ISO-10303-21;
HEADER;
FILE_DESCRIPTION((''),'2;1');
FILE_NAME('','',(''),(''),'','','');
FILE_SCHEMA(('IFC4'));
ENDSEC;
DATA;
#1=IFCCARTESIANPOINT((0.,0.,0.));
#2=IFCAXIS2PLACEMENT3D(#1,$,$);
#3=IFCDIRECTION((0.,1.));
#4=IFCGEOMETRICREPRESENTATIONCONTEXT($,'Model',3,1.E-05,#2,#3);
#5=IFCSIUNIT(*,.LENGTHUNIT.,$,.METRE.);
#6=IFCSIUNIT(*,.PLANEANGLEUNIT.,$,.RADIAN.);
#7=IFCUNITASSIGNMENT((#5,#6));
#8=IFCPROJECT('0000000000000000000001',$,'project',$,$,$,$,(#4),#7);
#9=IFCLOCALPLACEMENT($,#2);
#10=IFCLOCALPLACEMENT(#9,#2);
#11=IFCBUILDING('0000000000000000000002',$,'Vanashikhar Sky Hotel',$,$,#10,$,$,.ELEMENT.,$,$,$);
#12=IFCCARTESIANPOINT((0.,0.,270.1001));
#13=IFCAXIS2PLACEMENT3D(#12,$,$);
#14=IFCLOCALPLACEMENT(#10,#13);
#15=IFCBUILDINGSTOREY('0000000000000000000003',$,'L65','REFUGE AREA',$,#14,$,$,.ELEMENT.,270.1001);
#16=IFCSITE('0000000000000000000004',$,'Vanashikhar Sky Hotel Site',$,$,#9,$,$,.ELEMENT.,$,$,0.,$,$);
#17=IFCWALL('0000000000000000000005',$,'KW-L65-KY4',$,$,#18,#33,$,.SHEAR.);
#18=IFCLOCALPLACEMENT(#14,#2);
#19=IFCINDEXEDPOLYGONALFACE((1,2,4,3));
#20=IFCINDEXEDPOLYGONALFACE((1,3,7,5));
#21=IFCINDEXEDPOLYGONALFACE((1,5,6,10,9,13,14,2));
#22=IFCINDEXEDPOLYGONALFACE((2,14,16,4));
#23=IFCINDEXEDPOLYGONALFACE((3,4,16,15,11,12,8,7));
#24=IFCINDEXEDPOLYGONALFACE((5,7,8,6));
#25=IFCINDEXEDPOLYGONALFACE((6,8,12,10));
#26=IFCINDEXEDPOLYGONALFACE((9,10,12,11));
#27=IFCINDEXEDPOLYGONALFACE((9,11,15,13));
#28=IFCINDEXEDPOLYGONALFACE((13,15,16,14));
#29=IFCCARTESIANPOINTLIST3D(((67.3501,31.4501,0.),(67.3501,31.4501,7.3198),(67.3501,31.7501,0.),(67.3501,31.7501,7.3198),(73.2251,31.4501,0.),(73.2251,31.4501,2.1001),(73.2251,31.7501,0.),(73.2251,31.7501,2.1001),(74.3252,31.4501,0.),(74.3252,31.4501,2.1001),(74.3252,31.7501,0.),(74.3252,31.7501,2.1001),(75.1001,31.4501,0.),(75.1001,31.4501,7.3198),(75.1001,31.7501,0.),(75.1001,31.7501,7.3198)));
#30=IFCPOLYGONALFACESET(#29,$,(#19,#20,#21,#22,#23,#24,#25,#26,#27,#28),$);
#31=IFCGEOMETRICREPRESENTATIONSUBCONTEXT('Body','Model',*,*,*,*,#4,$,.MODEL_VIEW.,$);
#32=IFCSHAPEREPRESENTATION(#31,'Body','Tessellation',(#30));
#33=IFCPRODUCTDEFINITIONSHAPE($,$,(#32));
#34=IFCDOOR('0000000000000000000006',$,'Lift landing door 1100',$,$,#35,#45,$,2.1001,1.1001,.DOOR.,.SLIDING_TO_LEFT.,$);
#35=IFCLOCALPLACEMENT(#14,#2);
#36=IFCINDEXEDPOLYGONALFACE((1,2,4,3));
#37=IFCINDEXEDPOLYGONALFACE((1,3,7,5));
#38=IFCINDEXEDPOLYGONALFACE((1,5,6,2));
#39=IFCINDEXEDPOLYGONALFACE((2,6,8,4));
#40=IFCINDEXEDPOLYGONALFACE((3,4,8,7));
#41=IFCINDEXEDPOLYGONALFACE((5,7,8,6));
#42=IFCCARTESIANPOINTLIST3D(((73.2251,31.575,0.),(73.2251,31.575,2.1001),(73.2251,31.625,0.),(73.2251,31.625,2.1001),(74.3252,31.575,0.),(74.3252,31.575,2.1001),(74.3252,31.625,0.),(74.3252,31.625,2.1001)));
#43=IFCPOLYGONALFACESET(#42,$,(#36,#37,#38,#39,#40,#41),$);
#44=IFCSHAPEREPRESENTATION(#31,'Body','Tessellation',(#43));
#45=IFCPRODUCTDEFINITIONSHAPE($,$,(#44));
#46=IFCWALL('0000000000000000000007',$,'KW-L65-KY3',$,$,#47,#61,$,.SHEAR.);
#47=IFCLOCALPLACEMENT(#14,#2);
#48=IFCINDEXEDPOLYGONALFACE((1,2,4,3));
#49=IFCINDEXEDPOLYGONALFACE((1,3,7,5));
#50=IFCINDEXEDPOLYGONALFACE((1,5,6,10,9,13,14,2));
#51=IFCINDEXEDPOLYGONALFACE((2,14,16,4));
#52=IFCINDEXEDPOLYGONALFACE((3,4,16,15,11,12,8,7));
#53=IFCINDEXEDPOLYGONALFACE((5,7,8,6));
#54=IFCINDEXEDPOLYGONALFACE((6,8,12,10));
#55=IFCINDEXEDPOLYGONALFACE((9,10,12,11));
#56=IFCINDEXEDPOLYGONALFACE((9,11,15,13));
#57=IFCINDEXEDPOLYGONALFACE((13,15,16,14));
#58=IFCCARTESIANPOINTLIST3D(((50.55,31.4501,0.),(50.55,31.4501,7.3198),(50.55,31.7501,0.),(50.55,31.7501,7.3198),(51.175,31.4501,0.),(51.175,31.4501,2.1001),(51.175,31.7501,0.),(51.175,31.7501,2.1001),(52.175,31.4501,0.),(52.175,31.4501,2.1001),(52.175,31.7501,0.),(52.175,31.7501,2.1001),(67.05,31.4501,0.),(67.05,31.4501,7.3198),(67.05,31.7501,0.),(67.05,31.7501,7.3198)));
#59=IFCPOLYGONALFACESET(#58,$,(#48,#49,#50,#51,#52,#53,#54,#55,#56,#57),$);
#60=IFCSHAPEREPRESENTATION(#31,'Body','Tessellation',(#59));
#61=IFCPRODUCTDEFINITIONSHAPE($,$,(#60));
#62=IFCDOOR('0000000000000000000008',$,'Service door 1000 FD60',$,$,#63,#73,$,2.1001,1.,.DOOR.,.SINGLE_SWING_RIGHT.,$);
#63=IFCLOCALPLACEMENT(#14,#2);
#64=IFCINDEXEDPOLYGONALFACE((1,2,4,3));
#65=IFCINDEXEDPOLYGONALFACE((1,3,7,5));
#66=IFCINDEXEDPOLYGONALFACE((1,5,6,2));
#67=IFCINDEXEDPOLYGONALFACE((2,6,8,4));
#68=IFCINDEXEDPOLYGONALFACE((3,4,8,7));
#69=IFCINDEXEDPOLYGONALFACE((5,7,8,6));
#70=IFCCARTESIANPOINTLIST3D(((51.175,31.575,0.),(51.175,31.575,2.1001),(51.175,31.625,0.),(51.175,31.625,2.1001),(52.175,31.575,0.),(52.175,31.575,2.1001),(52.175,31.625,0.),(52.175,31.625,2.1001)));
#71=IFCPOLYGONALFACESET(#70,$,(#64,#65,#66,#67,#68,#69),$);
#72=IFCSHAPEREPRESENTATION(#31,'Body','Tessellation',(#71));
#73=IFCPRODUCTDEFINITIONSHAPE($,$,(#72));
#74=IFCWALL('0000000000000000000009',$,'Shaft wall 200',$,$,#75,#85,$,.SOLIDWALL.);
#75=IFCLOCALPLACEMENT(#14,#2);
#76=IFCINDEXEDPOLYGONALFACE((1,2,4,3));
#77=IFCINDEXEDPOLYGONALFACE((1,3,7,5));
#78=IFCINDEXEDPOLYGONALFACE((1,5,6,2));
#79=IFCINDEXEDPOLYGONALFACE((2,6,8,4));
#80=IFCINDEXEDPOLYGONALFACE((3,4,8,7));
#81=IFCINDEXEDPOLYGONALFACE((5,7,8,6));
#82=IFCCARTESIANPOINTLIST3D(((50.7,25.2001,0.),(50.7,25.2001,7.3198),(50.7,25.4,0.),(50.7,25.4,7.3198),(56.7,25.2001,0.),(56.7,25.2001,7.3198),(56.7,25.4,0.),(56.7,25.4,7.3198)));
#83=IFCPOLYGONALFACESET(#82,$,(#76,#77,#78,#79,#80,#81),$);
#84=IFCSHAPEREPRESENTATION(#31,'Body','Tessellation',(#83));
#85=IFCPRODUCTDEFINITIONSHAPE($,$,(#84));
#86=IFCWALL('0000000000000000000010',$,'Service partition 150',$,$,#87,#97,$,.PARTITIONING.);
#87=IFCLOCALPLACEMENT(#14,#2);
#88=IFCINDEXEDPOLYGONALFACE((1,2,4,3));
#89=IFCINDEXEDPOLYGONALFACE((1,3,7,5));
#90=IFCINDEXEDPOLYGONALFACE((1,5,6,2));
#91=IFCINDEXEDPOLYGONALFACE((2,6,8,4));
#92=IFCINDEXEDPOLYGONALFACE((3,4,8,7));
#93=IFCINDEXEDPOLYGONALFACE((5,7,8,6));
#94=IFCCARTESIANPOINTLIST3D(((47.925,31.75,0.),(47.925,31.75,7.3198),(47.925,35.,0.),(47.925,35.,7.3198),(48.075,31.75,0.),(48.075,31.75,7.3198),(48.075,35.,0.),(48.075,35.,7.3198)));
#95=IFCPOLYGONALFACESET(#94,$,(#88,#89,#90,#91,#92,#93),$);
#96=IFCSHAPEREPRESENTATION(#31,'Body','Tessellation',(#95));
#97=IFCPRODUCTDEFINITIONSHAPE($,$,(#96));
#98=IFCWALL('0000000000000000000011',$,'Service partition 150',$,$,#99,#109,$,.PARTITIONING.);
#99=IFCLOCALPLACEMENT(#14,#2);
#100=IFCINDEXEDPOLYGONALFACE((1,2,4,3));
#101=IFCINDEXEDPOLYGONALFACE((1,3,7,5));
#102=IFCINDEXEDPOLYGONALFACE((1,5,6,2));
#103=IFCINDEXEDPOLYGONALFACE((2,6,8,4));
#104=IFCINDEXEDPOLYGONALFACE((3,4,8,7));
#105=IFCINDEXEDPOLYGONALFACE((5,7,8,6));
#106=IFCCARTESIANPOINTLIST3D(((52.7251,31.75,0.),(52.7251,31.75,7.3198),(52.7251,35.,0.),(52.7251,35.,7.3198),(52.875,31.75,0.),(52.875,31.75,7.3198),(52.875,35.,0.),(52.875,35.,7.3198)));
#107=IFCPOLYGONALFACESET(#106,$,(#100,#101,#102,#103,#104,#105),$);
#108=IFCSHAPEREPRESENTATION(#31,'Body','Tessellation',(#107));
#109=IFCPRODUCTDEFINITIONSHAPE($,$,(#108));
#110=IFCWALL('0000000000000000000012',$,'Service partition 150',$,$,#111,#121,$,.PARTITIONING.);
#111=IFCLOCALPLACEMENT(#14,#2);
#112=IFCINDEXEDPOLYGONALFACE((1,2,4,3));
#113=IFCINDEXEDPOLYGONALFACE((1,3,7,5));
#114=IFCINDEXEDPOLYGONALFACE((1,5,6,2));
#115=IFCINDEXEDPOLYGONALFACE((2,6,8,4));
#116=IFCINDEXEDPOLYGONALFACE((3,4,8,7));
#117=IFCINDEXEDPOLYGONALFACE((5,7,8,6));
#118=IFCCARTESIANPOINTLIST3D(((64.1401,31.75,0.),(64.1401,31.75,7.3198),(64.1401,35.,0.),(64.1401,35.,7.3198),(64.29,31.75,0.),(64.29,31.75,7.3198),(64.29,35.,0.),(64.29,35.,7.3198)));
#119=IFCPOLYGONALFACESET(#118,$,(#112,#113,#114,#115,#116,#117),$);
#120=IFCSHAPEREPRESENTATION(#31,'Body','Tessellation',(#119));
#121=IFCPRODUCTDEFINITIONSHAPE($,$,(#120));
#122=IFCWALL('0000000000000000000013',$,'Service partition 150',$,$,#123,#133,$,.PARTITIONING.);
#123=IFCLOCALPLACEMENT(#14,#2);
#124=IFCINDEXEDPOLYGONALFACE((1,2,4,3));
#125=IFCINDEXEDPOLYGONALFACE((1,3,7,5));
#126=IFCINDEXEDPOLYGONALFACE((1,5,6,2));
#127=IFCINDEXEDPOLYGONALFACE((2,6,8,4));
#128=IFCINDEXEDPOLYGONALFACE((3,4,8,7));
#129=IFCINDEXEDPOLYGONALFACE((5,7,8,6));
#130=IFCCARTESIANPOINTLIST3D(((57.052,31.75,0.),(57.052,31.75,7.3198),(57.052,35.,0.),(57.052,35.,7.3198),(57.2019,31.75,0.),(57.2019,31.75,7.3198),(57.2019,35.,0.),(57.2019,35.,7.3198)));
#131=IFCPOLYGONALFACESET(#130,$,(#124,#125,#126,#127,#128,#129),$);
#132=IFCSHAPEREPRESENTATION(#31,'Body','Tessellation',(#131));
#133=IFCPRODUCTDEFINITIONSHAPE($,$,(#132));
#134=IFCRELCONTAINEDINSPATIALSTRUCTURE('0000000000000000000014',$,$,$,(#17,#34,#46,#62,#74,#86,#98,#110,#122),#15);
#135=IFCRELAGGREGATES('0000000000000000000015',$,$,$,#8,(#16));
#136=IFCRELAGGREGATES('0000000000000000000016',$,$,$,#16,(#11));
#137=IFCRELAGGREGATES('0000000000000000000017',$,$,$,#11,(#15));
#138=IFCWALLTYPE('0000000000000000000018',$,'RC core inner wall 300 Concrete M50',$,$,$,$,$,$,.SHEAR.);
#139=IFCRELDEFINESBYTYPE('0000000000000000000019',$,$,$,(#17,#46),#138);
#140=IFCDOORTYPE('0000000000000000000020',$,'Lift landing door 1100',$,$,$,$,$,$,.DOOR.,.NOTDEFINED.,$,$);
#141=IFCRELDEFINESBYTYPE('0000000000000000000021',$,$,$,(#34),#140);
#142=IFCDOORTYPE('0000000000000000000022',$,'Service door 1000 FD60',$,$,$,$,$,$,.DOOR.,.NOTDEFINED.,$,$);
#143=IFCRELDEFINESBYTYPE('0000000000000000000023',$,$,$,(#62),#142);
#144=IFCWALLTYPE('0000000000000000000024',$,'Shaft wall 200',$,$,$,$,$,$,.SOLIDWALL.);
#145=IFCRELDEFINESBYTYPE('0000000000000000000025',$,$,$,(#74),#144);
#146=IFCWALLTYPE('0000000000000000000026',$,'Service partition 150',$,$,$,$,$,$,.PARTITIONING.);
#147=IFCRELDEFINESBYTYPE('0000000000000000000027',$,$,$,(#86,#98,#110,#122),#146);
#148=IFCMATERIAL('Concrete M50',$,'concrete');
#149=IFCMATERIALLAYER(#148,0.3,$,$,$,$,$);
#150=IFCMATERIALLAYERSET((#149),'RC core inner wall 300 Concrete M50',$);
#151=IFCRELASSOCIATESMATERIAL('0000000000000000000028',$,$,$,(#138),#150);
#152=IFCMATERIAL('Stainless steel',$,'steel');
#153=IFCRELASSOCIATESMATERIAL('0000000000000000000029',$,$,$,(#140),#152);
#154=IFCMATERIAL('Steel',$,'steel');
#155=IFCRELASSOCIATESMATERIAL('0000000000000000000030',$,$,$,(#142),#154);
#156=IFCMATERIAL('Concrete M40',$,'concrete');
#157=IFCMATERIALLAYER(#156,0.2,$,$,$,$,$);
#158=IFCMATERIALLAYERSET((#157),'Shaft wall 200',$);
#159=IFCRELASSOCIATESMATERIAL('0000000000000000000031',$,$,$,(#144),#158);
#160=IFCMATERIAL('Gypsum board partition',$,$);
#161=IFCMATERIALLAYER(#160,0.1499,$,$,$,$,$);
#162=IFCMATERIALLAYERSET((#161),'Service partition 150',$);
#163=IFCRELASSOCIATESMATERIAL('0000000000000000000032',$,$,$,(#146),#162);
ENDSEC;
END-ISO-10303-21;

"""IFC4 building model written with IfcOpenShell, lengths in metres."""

from ifc_helpers import new_model, si_unit, direction, frame, frame_2d, origin, place, context, subcontext, project, spatial, rectangle, extrude, source, transform, mapped, material, layer, layer_set, type_object, element, fill, save


model = new_model("IFC4")

# Units and contexts
model_context = context("Model", 3, precision=1e-05, world=origin(), true_north=direction((0.0, 1.0)))
body_context = subcontext(model_context, "Body", "Model", "MODEL_VIEW")
ifc_project = project(units=[si_unit("LENGTHUNIT", "METRE"), si_unit("PLANEANGLEUNIT", "RADIAN")], contexts=[model_context])

# Site, building, storey
site_placement = place(None, origin())
site = spatial("IfcSite", under=ifc_project, at=site_placement, Name="Vanashikhar Sky Hotel Site", CompositionType="ELEMENT", RefElevation=0.0)
building_placement = place(site_placement, origin())
building = spatial("IfcBuilding", under=site, at=building_placement, Name="Vanashikhar Sky Hotel", CompositionType="ELEMENT")
storey_placement = place(building_placement, frame((0.0, 0.0, 270.1001)))
storey = spatial("IfcBuildingStorey", under=building, at=storey_placement, Name="L65", Description="REFUGE AREA", CompositionType="ELEMENT", Elevation=270.1001)

# Walls, openings, doors
ifc_material_1 = material(Name="Concrete M50", Category="concrete")
ifc_layer_1 = layer(ifc_material_1, 0.3)
ifc_layer_set_1 = layer_set([ifc_layer_1], Name="RC core inner wall 300 Concrete M50")
wall_type_1 = type_object("IfcWallType", Name="RC core inner wall 300 Concrete M50", PredefinedType="SHEAR", material=ifc_layer_set_1)
shared_shape_1 = source(origin(), body_context, "Body", "SweptSolid", [
    extrude(rectangle(XDim=7.75, YDim=0.3, at=frame_2d((3.875, 0.0))), origin(), (0.0, 0.0, 1.0), 7.3198),
])
wall_1_placement = place(storey_placement, frame((67.3501, 31.6001, 0.0), z_axis=(0.0, 0.0, 1.0), x_axis=(1.0, 0.0, 0.0)))
wall_1 = element("IfcWall", 1, at=wall_1_placement, inside=storey, type_object=wall_type_1, Name="KW-L65-KY4", PredefinedType="SHEAR", context=body_context, shape_type="MappedRepresentation", body=[
    mapped(shared_shape_1, transform((0.0, 0.0, 0.0), scale=1.0)),
])
shared_shape_2 = source(origin(), body_context, "Body", "SweptSolid", [
    extrude(rectangle(XDim=1.1001, YDim=2.1001, at=frame_2d((0.55, 1.05))), frame((0.0, 0.1602, 0.0), z_axis=(0.0, -1.0, 0.0), x_axis=(1.0, 0.0, 0.0)), (0.0, 0.0, 1.0), 0.3201),
])
opening_1_placement = place(wall_1_placement, frame((5.875, 0.0, 0.0)))
opening_1 = element("IfcOpeningElement", 2, at=opening_1_placement, cuts=wall_1, PredefinedType="OPENING", context=body_context, shape_type="MappedRepresentation", body=[
    mapped(shared_shape_2, transform((0.0, 0.0, 0.0), scale=1.0)),
])
ifc_material_2 = material(Name="Stainless steel", Category="steel")
door_type_1 = type_object("IfcDoorType", Name="Lift landing door 1100", OperationType="NOTDEFINED", PredefinedType="DOOR", material=ifc_material_2)
shared_shape_3 = source(origin(), body_context, "Body", "SweptSolid", [
    extrude(rectangle(XDim=1.1001, YDim=2.1001, at=frame_2d((0.55, 1.05))), frame((0.0, 0.0249, 0.0), z_axis=(0.0, -1.0, 0.0), x_axis=(1.0, 0.0, 0.0)), (0.0, 0.0, 1.0), 0.05),
])
door_1_placement = place(opening_1_placement, origin())
door_1 = element("IfcDoor", 3, at=door_1_placement, inside=storey, type_object=door_type_1, Name="Lift landing door 1100", OperationType="SLIDING_TO_LEFT", OverallHeight=2.1001, OverallWidth=1.1001, PredefinedType="DOOR", context=body_context, shape_type="MappedRepresentation", body=[
    mapped(shared_shape_3, transform((0.0, 0.0, 0.0), scale=1.0)),
])
fill(opening_1, door_1)
shared_shape_4 = source(origin(), body_context, "Body", "SweptSolid", [
    extrude(rectangle(XDim=16.5, YDim=0.3, at=frame_2d((8.25, 0.0))), origin(), (0.0, 0.0, 1.0), 7.3198),
])
wall_2_placement = place(storey_placement, frame((50.55, 31.6001, 0.0), z_axis=(0.0, 0.0, 1.0), x_axis=(1.0, 0.0, 0.0)))
wall_2 = element("IfcWall", 4, at=wall_2_placement, inside=storey, type_object=wall_type_1, Name="KW-L65-KY3", PredefinedType="SHEAR", context=body_context, shape_type="MappedRepresentation", body=[
    mapped(shared_shape_4, transform((0.0, 0.0, 0.0), scale=1.0)),
])
shared_shape_5 = source(origin(), body_context, "Body", "SweptSolid", [
    extrude(rectangle(XDim=1.0, YDim=2.1001, at=frame_2d((0.5, 1.05))), frame((0.0, 0.1602, 0.0), z_axis=(0.0, -1.0, 0.0), x_axis=(1.0, 0.0, 0.0)), (0.0, 0.0, 1.0), 0.3201),
])
opening_2_placement = place(wall_2_placement, frame((0.625, 0.0, 0.0)))
opening_2 = element("IfcOpeningElement", 5, at=opening_2_placement, cuts=wall_2, PredefinedType="OPENING", context=body_context, shape_type="MappedRepresentation", body=[
    mapped(shared_shape_5, transform((0.0, 0.0, 0.0), scale=1.0)),
])
ifc_material_3 = material(Name="Steel", Category="steel")
door_type_2 = type_object("IfcDoorType", Name="Service door 1000 FD60", OperationType="NOTDEFINED", PredefinedType="DOOR", material=ifc_material_3)
shared_shape_6 = source(origin(), body_context, "Body", "SweptSolid", [
    extrude(rectangle(XDim=1.0, YDim=2.1001, at=frame_2d((0.5, 1.05))), frame((0.0, 0.0249, 0.0), z_axis=(0.0, -1.0, 0.0), x_axis=(1.0, 0.0, 0.0)), (0.0, 0.0, 1.0), 0.05),
])
door_2_placement = place(opening_2_placement, origin())
door_2 = element("IfcDoor", 6, at=door_2_placement, inside=storey, type_object=door_type_2, Name="Service door 1000 FD60", OperationType="SINGLE_SWING_RIGHT", OverallHeight=2.1001, OverallWidth=1.0, PredefinedType="DOOR", context=body_context, shape_type="MappedRepresentation", body=[
    mapped(shared_shape_6, transform((0.0, 0.0, 0.0), scale=1.0)),
])
fill(opening_2, door_2)

# Walls
ifc_material_4 = material(Name="Concrete M40", Category="concrete")
ifc_layer_2 = layer(ifc_material_4, 0.2)
ifc_layer_set_2 = layer_set([ifc_layer_2], Name="Shaft wall 200")
wall_type_2 = type_object("IfcWallType", Name="Shaft wall 200", PredefinedType="SOLIDWALL", material=ifc_layer_set_2)
shared_shape_7 = source(origin(), body_context, "Body", "SweptSolid", [
    extrude(rectangle(XDim=6.0, YDim=0.2, at=frame_2d((3.0, 0.0))), origin(), (0.0, 0.0, 1.0), 7.3198),
])
wall_3_placement = place(storey_placement, frame((56.7, 25.3, 0.0), z_axis=(0.0, 0.0, 1.0), x_axis=(-1.0, 0.0, 0.0)))
element("IfcWall", 7, at=wall_3_placement, inside=storey, type_object=wall_type_2, Name="Shaft wall 200", PredefinedType="SOLIDWALL", context=body_context, shape_type="MappedRepresentation", body=[
    mapped(shared_shape_7, transform((0.0, 0.0, 0.0), scale=1.0)),
])
ifc_material_5 = material(Name="Gypsum board partition")
ifc_layer_3 = layer(ifc_material_5, 0.1499)
ifc_layer_set_3 = layer_set([ifc_layer_3], Name="Service partition 150")
wall_type_3 = type_object("IfcWallType", Name="Service partition 150", PredefinedType="PARTITIONING", material=ifc_layer_set_3)
shared_shape_8 = source(origin(), body_context, "Body", "SweptSolid", [
    extrude(rectangle(XDim=3.25, YDim=0.1499, at=frame_2d((1.625, 0.0))), origin(), (0.0, 0.0, 1.0), 7.3198),
])
for number, where, z_axis, x_axis, name in (
    (8, (48.0, 31.75, 0.0), (0.0, 0.0, 1.0), (0.0, 1.0, 0.0), "Service partition 150"),
    (9, (52.8, 31.75, 0.0), (0.0, 0.0, 1.0), (0.0, 1.0, 0.0), "Service partition 150"),
    (10, (64.2151, 31.75, 0.0), (0.0, 0.0, 1.0), (0.0, 1.0, 0.0), "Service partition 150"),
    (11, (57.127, 31.75, 0.0), (0.0, 0.0, 1.0), (0.0, 1.0, 0.0), "Service partition 150"),
):
    element("IfcWall", number, at=place(storey_placement, frame(where, z_axis=z_axis, x_axis=x_axis)), inside=storey, type_object=wall_type_3, Name=name, PredefinedType="PARTITIONING", context=body_context, shape_type="MappedRepresentation", body=[
        mapped(shared_shape_8, transform((0.0, 0.0, 0.0), scale=1.0)),
    ])

save(model, "model.ifc")
